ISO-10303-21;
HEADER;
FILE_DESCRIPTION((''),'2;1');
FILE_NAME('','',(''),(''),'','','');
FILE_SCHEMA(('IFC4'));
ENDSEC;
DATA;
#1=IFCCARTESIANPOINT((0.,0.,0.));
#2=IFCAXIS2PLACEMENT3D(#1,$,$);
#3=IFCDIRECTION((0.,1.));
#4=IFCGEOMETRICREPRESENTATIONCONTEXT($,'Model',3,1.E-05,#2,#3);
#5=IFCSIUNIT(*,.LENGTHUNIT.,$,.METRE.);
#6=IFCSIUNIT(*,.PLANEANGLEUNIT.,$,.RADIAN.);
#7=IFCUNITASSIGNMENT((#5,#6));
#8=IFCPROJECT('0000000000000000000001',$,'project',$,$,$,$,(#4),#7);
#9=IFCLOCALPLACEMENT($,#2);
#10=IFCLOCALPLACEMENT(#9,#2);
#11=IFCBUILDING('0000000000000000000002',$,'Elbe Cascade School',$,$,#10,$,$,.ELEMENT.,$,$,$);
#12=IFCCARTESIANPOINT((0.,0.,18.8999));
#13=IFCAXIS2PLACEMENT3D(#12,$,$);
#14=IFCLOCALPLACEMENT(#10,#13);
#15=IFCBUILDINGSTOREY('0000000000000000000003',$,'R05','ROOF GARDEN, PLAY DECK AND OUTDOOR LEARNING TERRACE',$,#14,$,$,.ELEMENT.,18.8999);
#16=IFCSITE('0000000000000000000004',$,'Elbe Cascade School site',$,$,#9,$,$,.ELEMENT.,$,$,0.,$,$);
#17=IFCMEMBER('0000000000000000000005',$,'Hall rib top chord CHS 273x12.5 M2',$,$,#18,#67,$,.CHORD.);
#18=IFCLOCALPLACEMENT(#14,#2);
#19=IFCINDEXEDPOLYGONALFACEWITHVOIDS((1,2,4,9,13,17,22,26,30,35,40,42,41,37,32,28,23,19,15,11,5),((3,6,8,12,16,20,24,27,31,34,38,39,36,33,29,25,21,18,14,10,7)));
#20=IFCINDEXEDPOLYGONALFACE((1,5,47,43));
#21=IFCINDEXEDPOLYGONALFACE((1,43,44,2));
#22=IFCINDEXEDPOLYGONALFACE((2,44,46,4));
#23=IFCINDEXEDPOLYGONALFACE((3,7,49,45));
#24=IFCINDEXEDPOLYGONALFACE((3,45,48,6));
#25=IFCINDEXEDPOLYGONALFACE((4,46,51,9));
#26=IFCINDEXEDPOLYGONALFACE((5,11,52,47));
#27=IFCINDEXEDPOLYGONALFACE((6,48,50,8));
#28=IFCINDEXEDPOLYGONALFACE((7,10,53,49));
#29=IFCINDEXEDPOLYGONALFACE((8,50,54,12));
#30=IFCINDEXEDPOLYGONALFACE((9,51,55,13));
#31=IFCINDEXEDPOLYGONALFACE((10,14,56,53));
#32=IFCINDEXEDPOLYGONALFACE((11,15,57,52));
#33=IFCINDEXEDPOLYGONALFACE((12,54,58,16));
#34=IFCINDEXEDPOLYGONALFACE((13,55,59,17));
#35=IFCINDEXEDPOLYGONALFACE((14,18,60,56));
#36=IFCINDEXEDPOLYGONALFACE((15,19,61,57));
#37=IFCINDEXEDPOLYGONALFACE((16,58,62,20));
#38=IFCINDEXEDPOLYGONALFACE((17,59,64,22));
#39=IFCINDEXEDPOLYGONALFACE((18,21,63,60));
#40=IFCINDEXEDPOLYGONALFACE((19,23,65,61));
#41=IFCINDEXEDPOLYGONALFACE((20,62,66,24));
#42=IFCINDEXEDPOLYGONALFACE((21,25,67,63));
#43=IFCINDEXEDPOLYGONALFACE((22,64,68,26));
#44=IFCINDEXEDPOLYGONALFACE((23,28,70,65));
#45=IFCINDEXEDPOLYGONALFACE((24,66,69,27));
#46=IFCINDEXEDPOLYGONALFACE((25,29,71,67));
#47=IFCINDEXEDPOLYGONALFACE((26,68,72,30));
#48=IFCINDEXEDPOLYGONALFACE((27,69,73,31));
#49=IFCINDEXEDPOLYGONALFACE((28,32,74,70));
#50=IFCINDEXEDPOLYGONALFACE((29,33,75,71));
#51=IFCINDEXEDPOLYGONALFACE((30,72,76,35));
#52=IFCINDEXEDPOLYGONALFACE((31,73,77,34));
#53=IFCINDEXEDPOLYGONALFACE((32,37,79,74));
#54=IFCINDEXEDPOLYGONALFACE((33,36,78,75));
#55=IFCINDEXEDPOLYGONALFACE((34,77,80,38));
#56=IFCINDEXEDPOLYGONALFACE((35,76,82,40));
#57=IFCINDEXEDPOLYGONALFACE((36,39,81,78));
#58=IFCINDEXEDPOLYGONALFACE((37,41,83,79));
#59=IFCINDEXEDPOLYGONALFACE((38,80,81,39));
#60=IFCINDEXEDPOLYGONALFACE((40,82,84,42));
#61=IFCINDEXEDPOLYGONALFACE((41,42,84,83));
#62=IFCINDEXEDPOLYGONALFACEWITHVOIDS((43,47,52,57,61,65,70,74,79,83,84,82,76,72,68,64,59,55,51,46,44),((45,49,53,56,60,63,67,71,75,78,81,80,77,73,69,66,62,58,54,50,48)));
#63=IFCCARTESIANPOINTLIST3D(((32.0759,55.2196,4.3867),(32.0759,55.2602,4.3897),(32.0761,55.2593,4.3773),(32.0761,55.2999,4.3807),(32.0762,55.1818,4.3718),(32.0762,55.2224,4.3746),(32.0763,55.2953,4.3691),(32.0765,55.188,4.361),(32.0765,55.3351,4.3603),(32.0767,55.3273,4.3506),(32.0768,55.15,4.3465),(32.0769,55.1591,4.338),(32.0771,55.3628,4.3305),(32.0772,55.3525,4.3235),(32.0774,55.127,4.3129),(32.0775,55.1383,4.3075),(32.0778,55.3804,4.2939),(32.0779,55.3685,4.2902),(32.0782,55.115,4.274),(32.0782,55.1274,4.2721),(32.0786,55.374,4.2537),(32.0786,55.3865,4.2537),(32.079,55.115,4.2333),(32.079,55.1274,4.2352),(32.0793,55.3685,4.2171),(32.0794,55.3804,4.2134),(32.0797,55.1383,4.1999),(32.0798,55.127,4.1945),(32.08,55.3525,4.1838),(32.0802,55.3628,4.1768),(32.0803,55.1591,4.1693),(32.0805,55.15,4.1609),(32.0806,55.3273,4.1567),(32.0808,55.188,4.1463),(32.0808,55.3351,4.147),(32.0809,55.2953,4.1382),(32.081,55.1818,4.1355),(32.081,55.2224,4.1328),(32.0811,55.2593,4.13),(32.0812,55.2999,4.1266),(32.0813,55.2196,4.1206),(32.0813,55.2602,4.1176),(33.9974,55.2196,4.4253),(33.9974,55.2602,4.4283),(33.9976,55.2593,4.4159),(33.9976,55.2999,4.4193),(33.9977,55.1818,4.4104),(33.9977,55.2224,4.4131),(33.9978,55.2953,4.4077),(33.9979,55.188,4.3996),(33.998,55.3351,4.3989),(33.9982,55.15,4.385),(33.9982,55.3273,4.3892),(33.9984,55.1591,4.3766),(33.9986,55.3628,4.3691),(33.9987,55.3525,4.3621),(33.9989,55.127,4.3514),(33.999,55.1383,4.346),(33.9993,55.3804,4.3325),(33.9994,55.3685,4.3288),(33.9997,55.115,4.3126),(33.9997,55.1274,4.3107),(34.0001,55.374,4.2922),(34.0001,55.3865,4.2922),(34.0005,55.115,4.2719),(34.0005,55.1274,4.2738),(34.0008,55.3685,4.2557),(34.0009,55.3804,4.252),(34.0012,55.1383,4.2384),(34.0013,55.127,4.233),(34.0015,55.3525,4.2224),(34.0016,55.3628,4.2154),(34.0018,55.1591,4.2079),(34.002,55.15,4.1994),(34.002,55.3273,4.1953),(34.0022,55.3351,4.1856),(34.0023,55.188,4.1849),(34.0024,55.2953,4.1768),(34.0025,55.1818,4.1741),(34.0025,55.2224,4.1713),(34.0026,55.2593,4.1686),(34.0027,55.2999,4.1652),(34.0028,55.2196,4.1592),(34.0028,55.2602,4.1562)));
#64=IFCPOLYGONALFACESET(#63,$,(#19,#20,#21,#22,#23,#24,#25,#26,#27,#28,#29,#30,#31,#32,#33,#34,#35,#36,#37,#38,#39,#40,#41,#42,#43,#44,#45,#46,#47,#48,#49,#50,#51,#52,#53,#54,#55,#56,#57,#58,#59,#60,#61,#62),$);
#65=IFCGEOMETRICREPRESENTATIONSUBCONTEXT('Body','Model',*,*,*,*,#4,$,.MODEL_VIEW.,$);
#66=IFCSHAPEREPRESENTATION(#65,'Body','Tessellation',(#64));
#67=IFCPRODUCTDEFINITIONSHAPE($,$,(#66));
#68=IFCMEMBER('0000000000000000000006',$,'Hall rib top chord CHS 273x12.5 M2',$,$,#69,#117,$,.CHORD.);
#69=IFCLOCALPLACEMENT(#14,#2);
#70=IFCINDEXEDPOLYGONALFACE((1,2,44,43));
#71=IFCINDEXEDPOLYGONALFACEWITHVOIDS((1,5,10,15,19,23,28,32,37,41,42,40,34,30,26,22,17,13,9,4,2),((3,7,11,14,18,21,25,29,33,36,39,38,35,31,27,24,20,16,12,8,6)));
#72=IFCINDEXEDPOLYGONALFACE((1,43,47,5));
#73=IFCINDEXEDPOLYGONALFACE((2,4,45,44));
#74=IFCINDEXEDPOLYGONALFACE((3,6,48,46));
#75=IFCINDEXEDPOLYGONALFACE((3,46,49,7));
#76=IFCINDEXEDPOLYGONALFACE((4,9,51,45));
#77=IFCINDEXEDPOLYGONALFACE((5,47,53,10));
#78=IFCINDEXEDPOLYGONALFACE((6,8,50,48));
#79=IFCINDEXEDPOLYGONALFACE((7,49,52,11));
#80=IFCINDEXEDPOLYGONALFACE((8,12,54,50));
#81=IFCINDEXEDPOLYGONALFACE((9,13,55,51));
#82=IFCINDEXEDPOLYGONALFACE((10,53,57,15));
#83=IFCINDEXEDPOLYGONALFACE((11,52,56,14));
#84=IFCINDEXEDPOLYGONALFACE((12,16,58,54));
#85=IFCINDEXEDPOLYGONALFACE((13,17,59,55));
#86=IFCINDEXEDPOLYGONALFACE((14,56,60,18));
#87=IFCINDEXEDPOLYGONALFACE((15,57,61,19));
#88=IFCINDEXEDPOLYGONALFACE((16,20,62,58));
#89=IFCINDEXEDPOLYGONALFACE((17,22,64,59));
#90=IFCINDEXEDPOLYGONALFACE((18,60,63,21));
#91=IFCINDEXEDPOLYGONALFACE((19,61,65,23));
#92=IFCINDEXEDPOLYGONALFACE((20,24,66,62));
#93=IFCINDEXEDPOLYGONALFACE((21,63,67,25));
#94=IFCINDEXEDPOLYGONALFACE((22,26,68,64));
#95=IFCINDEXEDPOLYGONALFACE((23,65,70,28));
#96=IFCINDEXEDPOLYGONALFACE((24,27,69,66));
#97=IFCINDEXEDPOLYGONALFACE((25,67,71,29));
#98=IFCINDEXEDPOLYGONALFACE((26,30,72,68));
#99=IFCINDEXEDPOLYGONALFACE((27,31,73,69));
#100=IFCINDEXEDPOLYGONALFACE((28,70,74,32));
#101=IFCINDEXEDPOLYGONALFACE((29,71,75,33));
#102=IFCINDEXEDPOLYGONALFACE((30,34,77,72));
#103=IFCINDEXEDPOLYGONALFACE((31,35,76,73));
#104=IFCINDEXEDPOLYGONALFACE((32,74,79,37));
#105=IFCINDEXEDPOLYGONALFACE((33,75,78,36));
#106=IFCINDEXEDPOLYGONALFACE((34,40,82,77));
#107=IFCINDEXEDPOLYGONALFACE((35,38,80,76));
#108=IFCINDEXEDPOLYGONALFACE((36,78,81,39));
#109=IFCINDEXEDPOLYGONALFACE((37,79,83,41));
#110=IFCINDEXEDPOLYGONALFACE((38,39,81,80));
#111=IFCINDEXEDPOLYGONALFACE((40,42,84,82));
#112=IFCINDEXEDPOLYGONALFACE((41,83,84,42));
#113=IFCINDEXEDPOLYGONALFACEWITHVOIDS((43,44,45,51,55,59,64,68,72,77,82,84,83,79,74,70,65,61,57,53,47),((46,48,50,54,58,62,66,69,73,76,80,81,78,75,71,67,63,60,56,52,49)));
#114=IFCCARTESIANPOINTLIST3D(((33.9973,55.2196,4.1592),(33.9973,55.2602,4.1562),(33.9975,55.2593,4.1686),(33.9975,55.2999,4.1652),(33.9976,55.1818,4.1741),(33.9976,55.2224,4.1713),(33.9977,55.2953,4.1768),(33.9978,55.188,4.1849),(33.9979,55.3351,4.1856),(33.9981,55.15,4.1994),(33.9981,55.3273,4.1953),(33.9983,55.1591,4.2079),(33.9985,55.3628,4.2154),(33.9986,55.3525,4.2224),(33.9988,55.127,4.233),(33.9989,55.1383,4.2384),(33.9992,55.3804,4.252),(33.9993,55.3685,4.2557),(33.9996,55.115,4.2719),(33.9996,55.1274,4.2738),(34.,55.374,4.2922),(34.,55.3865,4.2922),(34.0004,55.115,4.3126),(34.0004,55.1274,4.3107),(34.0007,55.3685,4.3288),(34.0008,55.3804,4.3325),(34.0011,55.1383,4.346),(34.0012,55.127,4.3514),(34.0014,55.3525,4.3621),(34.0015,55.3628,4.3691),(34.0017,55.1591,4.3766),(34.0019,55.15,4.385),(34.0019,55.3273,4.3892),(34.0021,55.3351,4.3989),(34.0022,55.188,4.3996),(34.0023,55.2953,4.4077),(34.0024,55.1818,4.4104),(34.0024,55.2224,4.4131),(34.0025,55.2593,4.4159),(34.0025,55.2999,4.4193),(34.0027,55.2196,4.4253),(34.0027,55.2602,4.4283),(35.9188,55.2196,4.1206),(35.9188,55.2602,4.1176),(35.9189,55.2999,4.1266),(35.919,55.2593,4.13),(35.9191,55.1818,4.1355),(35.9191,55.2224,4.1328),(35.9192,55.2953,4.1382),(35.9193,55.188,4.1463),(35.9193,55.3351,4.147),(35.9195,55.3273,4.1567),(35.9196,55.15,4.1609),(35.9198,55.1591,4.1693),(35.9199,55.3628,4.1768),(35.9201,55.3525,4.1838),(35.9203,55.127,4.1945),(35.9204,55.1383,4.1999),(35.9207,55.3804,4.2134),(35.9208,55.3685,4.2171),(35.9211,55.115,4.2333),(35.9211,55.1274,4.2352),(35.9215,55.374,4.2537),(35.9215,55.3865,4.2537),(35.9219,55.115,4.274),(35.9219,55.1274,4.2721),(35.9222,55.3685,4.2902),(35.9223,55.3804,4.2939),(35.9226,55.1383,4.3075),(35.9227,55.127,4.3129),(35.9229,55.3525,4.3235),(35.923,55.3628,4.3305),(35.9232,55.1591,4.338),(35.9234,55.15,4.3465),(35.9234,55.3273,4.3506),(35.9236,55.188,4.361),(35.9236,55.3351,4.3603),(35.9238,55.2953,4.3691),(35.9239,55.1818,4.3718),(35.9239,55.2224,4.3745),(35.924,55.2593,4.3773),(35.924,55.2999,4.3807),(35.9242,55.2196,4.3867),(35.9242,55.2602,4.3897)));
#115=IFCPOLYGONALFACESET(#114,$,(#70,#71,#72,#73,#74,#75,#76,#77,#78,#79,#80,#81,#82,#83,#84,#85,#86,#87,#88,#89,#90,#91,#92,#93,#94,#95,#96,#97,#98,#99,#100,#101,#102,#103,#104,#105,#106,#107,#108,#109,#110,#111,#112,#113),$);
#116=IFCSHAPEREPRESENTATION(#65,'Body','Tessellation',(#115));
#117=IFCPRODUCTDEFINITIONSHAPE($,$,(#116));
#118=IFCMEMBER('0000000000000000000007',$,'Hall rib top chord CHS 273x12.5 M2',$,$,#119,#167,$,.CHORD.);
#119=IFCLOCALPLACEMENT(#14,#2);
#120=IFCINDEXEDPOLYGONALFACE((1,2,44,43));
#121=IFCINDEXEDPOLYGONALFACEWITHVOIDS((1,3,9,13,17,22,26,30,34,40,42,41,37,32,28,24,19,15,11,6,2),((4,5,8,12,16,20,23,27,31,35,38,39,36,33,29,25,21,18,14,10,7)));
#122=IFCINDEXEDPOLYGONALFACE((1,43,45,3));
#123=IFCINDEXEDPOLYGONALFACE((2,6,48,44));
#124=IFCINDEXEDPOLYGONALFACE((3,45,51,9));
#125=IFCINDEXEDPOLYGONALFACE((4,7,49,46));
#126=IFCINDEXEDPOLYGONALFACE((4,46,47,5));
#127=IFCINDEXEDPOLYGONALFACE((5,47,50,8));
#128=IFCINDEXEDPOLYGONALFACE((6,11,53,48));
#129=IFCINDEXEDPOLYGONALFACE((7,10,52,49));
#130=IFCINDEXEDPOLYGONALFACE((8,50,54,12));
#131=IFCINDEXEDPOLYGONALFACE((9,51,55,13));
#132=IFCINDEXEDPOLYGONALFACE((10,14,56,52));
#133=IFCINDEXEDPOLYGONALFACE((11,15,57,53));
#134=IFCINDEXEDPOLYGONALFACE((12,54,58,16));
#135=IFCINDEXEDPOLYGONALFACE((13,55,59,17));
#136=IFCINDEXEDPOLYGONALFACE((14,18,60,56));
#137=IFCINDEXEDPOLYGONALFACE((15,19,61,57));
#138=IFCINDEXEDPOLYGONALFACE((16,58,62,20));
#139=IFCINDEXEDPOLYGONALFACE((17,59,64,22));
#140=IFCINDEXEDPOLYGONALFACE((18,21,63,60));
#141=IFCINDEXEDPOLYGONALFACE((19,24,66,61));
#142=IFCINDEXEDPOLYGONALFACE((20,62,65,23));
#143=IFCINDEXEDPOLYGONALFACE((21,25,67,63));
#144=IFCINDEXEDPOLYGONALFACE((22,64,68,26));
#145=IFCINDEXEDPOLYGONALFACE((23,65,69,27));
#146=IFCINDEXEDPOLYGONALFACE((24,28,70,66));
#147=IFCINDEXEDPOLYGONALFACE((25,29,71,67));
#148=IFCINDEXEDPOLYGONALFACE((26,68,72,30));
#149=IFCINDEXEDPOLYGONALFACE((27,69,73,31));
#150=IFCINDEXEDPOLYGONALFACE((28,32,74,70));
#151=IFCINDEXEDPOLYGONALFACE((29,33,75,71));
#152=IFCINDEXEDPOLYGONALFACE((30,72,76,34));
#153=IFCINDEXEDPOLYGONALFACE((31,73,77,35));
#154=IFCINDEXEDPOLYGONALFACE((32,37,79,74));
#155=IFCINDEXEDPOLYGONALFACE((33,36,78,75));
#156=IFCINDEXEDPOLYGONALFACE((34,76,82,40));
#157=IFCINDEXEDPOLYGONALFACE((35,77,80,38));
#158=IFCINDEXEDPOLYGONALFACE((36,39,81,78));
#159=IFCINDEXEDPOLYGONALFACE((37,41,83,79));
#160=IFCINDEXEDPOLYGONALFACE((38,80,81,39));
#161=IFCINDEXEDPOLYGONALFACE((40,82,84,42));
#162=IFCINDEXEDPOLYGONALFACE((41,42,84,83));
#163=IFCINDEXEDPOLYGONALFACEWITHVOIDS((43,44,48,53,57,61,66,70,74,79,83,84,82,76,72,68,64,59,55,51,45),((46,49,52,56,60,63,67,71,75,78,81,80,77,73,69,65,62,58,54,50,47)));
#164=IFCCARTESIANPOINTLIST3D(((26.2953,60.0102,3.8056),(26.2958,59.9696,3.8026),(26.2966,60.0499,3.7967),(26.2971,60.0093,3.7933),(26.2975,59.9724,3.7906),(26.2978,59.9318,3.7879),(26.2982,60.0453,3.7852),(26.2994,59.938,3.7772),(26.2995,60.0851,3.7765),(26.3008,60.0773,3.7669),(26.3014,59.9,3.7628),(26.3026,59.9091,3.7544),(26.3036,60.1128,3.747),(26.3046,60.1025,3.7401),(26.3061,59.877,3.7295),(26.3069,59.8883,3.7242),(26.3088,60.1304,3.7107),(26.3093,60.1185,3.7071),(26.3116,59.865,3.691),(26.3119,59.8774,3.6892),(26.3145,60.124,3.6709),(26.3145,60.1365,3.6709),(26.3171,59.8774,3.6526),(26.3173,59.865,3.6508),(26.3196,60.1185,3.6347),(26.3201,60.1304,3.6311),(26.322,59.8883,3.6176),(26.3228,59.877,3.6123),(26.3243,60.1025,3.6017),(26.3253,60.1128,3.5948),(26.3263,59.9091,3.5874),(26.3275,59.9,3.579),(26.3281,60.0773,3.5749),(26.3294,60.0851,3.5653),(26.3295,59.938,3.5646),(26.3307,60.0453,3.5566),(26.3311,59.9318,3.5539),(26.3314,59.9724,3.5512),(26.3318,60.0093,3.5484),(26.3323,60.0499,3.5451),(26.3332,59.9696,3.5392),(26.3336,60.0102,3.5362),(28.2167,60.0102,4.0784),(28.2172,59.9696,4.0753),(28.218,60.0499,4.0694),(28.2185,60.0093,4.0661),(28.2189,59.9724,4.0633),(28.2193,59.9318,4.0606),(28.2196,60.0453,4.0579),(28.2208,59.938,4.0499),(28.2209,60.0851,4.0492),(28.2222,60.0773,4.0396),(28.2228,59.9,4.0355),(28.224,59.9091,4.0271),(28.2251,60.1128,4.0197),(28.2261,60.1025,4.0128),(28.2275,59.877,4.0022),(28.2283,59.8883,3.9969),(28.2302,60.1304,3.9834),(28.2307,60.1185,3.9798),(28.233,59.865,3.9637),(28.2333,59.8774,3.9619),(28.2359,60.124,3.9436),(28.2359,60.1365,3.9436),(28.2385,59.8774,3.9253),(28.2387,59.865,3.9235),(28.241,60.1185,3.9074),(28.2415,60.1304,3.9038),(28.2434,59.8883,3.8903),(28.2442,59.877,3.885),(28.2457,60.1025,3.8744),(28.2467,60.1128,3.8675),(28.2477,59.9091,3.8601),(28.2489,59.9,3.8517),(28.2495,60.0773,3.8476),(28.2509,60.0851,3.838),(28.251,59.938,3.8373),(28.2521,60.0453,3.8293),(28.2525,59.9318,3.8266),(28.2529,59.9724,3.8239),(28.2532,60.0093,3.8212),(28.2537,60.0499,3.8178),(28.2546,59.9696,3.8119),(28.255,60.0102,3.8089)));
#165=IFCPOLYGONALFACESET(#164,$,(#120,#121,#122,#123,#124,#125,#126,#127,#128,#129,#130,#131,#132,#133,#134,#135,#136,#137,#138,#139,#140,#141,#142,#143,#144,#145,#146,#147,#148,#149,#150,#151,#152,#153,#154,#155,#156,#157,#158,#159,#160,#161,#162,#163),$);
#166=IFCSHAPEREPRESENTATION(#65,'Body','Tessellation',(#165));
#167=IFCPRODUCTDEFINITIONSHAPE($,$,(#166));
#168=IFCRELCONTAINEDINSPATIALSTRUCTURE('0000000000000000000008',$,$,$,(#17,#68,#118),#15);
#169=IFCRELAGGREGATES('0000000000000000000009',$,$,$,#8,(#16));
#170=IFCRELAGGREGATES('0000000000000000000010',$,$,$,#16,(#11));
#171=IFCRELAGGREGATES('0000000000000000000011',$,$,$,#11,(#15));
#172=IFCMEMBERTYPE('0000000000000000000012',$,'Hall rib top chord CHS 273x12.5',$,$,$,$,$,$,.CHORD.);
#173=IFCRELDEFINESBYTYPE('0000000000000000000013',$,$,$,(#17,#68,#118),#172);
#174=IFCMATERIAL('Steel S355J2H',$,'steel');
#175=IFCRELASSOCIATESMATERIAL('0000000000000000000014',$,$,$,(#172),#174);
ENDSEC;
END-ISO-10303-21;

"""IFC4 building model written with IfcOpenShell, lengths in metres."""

from ifc_helpers import new_model, si_unit, direction, frame, origin, origin_2d, place, context, subcontext, project, spatial, hollow_circle, extrude, material, material_profile, profile_set, type_object, element, save


model = new_model("IFC4")

# Units and contexts
model_context = context("Model", 3, precision=1e-05, world=origin(), true_north=direction((0.0, 1.0)))
body_context = subcontext(model_context, "Body", "Model", "MODEL_VIEW")
ifc_project = project(units=[si_unit("LENGTHUNIT", "METRE"), si_unit("PLANEANGLEUNIT", "RADIAN")], contexts=[model_context])

# Site, building, storey
site_placement = place(None, origin())
site = spatial("IfcSite", under=ifc_project, at=site_placement, Name="Elbe Cascade School site", CompositionType="ELEMENT", RefElevation=0.0)
building_placement = place(site_placement, origin())
building = spatial("IfcBuilding", under=site, at=building_placement, Name="Elbe Cascade School", CompositionType="ELEMENT")
storey_placement = place(building_placement, frame((0.0, 0.0, 18.8999)))
storey = spatial("IfcBuildingStorey", under=building, at=storey_placement, Name="R05", Description="ROOF GARDEN, PLAY DECK AND OUTDOOR LEARNING TERRACE", CompositionType="ELEMENT", Elevation=18.8999)

# Members
ifc_material_1 = material(Name="Steel S355J2H", Category="steel")
ifc_material_profile_1 = material_profile(ifc_material_1, hollow_circle(Radius=0.1365, WallThickness=0.0125, at=origin_2d()), Name="CHS 273x12.5")
ifc_profile_set_1 = profile_set([ifc_material_profile_1], Name="Steel S355J2H")
member_type_1 = type_object("IfcMemberType", Name="Hall rib top chord CHS 273x12.5", PredefinedType="CHORD", material=ifc_profile_set_1)
for number, where, z_axis, x_axis, name in (
    (1, (32.0786, 55.25, 4.2537), (0.999799, 0.0, 0.020072), (0.0, 1.0, 0.0), "Hall rib top chord CHS 273x12.5 M2"),
    (2, (34.0, 55.25, 4.2922), (0.999799, 0.0, -0.020072), (0.0, 1.0, 0.0), "Hall rib top chord CHS 273x12.5 M2"),
):
    element("IfcMember", number, at=place(storey_placement, frame(where, z_axis=z_axis, x_axis=x_axis)), inside=storey, type_object=member_type_1, Name=name, PredefinedType="CHORD", context=body_context, shape_type="SweptSolid", body=[
        extrude(hollow_circle(Radius=0.1365, WallThickness=0.0125, at=origin_2d()), origin(), (0.0, 0.0, 1.0), 1.9219),
    ])
member_1_placement = place(storey_placement, frame((26.3145, 60.0, 3.6709), z_axis=(0.990077, 0.0, 0.140523), x_axis=(0.0, 1.0, 0.0)))
element("IfcMember", 3, at=member_1_placement, inside=storey, type_object=member_type_1, Name="Hall rib top chord CHS 273x12.5 M2", PredefinedType="CHORD", context=body_context, shape_type="SweptSolid", body=[
    extrude(hollow_circle(Radius=0.1365, WallThickness=0.0125, at=origin_2d()), origin(), (0.0, 0.0, 1.0), 1.9407),
])

save(model, "model.ifc")
